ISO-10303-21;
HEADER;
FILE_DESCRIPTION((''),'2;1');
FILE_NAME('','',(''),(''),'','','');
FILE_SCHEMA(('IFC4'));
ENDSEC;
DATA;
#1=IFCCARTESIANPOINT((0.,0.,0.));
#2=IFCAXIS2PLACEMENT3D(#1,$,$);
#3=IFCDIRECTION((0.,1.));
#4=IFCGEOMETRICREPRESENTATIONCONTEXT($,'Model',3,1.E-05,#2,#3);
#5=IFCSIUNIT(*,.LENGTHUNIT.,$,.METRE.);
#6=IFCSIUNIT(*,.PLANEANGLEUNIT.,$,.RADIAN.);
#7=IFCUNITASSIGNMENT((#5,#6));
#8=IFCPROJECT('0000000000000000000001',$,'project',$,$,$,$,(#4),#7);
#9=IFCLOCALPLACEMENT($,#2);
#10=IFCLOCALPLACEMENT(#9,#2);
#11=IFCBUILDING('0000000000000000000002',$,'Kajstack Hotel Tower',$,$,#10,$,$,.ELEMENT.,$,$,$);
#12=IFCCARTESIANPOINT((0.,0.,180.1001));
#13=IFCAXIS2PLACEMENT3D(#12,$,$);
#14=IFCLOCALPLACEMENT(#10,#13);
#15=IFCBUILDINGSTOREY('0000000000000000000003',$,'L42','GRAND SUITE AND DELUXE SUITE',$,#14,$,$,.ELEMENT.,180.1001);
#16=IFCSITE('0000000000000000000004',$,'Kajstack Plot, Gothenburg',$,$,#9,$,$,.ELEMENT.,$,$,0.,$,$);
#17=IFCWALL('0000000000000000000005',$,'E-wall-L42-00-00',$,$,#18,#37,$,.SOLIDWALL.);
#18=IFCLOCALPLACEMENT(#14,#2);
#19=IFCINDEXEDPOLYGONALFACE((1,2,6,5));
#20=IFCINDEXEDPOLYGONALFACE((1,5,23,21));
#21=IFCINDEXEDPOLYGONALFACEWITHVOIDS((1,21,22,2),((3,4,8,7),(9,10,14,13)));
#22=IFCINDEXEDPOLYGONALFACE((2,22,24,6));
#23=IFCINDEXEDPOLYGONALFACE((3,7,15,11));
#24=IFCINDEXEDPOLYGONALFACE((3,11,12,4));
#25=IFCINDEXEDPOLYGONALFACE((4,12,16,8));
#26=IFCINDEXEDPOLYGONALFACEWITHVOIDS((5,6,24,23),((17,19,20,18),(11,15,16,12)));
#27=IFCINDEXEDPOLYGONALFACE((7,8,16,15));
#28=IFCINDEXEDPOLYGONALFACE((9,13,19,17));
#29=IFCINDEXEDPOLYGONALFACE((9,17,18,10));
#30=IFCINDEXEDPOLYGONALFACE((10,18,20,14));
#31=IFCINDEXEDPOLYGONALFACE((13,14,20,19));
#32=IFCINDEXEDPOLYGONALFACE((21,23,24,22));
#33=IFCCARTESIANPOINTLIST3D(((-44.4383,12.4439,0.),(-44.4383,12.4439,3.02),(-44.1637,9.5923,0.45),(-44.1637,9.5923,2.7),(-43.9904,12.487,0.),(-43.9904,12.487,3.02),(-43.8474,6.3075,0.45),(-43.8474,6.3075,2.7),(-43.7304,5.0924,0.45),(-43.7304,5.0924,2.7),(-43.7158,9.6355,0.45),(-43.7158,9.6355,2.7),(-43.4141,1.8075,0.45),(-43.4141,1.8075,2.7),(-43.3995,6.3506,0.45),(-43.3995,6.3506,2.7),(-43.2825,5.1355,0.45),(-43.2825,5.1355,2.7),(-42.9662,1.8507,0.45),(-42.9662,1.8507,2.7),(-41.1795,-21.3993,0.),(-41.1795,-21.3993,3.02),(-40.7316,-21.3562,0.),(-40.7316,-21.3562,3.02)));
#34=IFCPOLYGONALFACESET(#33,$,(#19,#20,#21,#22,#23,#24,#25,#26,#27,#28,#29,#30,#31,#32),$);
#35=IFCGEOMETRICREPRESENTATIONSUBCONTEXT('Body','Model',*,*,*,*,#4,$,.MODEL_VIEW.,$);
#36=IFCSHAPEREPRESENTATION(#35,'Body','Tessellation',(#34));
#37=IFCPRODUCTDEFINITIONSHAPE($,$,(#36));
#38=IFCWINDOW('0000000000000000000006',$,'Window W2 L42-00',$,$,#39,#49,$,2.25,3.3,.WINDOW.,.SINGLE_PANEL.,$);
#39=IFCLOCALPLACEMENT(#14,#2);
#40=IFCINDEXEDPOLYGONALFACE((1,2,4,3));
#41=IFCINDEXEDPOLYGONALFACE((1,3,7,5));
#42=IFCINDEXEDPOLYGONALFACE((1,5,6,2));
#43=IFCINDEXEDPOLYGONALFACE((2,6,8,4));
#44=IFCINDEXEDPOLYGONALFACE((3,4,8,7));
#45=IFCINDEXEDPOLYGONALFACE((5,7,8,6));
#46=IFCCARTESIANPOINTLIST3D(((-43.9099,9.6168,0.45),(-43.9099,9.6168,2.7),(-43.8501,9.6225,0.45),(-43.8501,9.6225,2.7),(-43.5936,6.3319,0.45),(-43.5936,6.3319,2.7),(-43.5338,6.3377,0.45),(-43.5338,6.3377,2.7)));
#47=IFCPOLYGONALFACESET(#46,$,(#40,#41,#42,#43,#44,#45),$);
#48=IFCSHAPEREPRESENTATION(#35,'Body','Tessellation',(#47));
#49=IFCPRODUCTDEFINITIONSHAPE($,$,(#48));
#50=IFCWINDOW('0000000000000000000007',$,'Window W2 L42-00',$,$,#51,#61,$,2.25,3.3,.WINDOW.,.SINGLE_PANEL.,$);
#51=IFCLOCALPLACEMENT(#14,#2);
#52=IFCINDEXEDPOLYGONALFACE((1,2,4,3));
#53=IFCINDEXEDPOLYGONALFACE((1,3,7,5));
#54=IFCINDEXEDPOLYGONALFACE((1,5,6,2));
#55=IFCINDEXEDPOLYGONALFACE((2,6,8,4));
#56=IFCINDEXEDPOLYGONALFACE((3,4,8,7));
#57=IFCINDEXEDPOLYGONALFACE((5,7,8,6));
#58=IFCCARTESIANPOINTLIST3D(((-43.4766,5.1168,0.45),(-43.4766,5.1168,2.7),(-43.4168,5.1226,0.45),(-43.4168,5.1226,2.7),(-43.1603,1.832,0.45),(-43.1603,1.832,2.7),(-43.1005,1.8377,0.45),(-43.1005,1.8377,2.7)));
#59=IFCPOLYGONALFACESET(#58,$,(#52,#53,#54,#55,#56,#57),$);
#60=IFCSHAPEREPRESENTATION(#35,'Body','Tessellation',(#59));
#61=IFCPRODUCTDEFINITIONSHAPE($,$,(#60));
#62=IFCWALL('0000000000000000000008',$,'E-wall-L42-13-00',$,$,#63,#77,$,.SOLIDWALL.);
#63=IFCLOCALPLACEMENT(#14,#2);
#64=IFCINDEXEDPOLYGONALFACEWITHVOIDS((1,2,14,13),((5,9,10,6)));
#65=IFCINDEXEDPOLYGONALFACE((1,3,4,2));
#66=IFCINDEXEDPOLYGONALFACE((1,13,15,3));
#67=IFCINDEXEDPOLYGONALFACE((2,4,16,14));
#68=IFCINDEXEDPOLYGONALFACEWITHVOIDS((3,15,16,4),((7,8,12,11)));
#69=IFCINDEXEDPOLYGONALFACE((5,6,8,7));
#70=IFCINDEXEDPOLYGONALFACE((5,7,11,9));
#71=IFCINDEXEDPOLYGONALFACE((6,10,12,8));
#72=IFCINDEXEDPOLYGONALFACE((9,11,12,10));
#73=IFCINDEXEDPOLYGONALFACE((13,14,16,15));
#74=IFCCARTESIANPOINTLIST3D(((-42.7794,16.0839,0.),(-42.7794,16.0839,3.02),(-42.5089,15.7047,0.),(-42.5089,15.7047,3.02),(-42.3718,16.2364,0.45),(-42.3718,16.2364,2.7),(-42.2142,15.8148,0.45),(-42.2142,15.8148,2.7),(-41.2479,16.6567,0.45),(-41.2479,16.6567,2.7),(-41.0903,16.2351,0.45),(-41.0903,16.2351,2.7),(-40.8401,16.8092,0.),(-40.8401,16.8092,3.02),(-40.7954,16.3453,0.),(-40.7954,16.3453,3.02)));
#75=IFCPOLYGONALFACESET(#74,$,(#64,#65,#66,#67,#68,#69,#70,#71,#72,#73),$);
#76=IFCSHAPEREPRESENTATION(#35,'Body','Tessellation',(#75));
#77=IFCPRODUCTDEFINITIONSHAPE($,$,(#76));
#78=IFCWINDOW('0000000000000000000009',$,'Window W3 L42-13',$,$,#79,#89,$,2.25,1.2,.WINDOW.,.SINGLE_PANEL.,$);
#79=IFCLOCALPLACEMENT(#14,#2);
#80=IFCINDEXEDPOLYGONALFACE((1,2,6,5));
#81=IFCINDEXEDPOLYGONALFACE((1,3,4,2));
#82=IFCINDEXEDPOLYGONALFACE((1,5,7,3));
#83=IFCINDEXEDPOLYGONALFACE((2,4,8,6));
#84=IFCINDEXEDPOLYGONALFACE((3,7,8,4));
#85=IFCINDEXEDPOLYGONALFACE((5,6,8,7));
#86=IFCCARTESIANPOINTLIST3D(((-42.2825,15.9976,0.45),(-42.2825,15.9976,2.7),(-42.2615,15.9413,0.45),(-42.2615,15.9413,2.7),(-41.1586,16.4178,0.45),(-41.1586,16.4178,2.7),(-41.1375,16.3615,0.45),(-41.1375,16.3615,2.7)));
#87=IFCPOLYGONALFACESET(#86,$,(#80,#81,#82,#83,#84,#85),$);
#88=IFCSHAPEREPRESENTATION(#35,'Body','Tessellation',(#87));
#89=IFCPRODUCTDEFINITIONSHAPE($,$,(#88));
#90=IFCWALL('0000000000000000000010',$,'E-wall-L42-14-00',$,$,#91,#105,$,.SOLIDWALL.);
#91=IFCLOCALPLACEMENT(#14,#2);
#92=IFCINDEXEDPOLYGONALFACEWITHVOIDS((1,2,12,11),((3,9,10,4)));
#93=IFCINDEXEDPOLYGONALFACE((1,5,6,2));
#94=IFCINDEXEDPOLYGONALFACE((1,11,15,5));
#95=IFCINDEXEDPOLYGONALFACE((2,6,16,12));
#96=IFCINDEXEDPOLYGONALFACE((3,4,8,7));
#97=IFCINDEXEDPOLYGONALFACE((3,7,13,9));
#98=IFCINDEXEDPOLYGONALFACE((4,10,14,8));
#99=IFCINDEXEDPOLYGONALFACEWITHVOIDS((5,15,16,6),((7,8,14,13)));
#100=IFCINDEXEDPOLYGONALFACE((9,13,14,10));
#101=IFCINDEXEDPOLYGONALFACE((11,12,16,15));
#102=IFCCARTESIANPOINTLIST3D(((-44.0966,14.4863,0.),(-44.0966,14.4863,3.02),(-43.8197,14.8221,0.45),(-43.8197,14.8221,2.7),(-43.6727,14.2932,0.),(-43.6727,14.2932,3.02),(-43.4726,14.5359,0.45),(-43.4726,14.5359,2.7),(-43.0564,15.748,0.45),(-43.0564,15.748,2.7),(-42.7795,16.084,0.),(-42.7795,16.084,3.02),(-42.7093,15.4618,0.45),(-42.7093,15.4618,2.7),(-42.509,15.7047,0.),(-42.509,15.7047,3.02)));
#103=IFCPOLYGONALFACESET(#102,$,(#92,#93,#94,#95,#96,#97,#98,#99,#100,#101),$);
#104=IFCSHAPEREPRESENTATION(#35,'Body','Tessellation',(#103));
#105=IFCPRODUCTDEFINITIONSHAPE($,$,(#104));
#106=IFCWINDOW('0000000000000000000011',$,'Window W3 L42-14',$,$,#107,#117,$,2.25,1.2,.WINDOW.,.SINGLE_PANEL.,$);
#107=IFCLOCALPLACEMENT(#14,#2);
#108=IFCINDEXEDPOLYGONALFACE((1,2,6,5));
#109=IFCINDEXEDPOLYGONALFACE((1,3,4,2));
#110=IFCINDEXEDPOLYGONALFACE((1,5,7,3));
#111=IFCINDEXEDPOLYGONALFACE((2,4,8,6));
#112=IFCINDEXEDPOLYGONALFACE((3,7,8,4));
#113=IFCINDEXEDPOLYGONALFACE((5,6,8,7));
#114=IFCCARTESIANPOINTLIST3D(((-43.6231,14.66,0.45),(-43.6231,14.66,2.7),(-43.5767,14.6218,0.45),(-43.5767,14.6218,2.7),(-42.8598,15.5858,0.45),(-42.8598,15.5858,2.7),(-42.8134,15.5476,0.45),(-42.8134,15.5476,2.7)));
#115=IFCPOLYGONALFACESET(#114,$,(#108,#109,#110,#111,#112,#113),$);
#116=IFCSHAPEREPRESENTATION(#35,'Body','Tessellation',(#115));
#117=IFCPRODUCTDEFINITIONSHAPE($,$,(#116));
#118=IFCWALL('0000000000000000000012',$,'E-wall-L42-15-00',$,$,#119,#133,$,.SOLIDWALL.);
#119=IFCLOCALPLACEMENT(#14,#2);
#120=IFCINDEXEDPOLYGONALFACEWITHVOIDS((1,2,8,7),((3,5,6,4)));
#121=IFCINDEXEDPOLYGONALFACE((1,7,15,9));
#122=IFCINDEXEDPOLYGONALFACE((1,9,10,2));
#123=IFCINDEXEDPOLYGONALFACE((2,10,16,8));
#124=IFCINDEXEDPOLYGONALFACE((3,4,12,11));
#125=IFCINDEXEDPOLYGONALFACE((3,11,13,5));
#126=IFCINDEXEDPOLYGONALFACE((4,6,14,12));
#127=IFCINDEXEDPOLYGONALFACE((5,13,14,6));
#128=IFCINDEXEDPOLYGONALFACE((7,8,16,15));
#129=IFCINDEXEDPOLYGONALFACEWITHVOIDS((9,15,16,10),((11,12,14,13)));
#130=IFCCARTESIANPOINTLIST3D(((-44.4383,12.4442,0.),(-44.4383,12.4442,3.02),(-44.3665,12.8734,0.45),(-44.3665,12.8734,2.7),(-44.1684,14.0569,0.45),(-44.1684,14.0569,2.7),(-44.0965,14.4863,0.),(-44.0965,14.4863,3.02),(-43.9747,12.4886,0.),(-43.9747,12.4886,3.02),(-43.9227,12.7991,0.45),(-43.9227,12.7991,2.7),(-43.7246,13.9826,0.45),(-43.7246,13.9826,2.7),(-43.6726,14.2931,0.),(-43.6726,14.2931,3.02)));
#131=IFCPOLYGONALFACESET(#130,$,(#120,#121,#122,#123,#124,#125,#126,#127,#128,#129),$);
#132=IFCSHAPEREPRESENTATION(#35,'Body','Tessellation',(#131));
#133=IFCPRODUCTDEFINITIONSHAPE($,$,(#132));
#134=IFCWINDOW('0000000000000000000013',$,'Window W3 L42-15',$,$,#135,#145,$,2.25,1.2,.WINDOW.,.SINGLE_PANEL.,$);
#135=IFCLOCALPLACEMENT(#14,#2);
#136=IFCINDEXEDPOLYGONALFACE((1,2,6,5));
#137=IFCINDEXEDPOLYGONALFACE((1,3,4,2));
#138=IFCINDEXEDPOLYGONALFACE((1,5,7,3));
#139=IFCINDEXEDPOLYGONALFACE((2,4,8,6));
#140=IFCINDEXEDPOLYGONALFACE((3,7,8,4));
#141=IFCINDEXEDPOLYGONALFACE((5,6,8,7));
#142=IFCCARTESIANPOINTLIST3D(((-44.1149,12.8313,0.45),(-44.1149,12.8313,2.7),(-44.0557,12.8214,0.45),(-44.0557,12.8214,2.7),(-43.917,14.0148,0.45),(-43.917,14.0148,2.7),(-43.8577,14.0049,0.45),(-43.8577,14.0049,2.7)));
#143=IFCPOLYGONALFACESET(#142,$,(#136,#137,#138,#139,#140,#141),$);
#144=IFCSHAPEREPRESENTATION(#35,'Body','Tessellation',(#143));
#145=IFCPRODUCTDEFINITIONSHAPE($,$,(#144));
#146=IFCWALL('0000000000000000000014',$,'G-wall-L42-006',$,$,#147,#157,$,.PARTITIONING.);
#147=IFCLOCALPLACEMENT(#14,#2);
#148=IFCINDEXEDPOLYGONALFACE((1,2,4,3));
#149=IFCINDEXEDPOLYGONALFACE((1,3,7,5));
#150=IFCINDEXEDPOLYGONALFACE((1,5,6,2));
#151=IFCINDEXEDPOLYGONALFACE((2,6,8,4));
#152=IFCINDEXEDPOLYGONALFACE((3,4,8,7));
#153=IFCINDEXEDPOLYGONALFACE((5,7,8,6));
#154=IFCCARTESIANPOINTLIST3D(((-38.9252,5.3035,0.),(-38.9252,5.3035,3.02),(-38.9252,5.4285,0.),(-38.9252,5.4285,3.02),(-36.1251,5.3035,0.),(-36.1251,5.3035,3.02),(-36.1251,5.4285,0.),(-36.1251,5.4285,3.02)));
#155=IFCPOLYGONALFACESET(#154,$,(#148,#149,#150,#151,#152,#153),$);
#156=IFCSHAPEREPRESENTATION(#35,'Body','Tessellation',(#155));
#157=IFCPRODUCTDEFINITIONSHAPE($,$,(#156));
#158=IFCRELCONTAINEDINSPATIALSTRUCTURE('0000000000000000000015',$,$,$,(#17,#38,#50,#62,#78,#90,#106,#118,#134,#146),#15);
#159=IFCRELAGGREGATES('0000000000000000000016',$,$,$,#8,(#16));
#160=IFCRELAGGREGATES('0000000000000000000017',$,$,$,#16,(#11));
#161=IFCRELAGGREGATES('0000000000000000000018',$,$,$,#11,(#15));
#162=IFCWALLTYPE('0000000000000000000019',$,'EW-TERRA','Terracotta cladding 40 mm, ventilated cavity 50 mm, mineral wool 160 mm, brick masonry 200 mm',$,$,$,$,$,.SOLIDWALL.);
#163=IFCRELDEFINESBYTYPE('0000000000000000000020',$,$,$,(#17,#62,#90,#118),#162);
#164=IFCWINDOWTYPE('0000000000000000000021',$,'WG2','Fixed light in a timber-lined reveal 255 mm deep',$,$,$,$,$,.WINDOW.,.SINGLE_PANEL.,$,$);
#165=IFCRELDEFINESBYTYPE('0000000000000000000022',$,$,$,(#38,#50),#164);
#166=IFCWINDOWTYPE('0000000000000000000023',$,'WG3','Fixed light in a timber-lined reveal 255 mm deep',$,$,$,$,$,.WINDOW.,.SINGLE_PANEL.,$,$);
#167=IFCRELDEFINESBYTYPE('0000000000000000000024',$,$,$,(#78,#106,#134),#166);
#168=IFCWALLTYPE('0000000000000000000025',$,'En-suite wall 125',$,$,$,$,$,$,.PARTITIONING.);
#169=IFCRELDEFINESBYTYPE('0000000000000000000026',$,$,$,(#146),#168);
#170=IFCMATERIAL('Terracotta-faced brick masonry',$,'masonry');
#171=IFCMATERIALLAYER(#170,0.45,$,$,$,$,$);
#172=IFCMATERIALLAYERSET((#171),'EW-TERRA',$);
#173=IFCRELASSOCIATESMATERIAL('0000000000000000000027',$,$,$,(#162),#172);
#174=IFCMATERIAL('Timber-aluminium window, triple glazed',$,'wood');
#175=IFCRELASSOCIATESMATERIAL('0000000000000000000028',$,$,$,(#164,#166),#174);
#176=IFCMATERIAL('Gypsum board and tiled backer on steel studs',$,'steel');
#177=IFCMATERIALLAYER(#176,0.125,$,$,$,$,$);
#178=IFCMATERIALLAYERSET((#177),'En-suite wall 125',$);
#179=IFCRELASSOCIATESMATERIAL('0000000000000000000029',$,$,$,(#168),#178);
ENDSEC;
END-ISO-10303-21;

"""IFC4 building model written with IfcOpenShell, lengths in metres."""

from ifc_helpers import new_model, si_unit, direction, frame, frame_2d, origin, place, context, subcontext, project, spatial, polyline, rectangle, outline, extrude, material, layer, layer_set, type_object, element, fill, save


model = new_model("IFC4")

# Units and contexts
model_context = context("Model", 3, precision=1e-05, world=origin(), true_north=direction((0.0, 1.0)))
body_context = subcontext(model_context, "Body", "Model", "MODEL_VIEW")
ifc_project = project(units=[si_unit("LENGTHUNIT", "METRE"), si_unit("PLANEANGLEUNIT", "RADIAN")], contexts=[model_context])

# Site, building, storey
site_placement = place(None, origin())
site = spatial("IfcSite", under=ifc_project, at=site_placement, Name="Kajstack Plot, Gothenburg", CompositionType="ELEMENT", RefElevation=0.0)
building_placement = place(site_placement, origin())
building = spatial("IfcBuilding", under=site, at=building_placement, Name="Kajstack Hotel Tower", CompositionType="ELEMENT")
storey_placement = place(building_placement, frame((0.0, 0.0, 180.1001)))
storey = spatial("IfcBuildingStorey", under=building, at=storey_placement, Name="L42", Description="GRAND SUITE AND DELUXE SUITE", CompositionType="ELEMENT", Elevation=180.1001)

# Wall, openings, windows
ifc_material_1 = material(Name="Terracotta-faced brick masonry", Category="masonry")
ifc_layer_1 = layer(ifc_material_1, 0.45)
ifc_layer_set_1 = layer_set([ifc_layer_1], Name="EW-TERRA")
wall_type_1 = type_object("IfcWallType", Name="EW-TERRA", Description="Terracotta cladding 40 mm, ventilated cavity 50 mm, mineral wool 160 mm, brick masonry 200 mm", PredefinedType="SOLIDWALL", material=ifc_layer_set_1)
wall_1_placement = place(storey_placement, frame((-44.2144, 12.4656, 0.0), z_axis=(0.0, 0.0, 1.0), x_axis=(0.095847, -0.995396, 0.0)))
wall_1 = element("IfcWall", 1, at=wall_1_placement, inside=storey, type_object=wall_type_1, Name="E-wall-L42-00-00", PredefinedType="SOLIDWALL", context=body_context, shape_type="SweptSolid", body=[
    extrude(rectangle(XDim=33.9998, YDim=0.45, at=frame_2d((17.0, 0.0))), origin(), (0.0, 0.0, 1.0), 3.02),
])
opening_1_placement = place(wall_1_placement, frame((2.865, 0.0, 0.45)))
opening_1 = element("IfcOpeningElement", 2, at=opening_1_placement, cuts=wall_1, PredefinedType="OPENING", context=body_context, shape_type="SweptSolid", body=[
    extrude(rectangle(XDim=3.3, YDim=2.25, at=frame_2d((1.6499, 1.125))), frame((0.0, 0.2349, 0.0), z_axis=(0.0, -1.0, 0.0), x_axis=(1.0, 0.0, 0.0)), (0.0, 0.0, 1.0), 0.47),
])
opening_2_placement = place(wall_1_placement, frame((7.3857, 0.0, 0.45)))
opening_2 = element("IfcOpeningElement", 3, at=opening_2_placement, cuts=wall_1, PredefinedType="OPENING", context=body_context, shape_type="SweptSolid", body=[
    extrude(rectangle(XDim=3.3, YDim=2.25, at=frame_2d((1.6499, 1.125))), frame((0.0, 0.2349, 0.0), z_axis=(0.0, -1.0, 0.0), x_axis=(1.0, 0.0, 0.0)), (0.0, 0.0, 1.0), 0.47),
])
ifc_material_2 = material(Name="Timber-aluminium window, triple glazed", Category="wood")
window_type_1 = type_object("IfcWindowType", Name="WG2", Description="Fixed light in a timber-lined reveal 255 mm deep", PartitioningType="SINGLE_PANEL", PredefinedType="WINDOW", material=ifc_material_2)
window_1_placement = place(opening_1_placement, origin())
window_1 = element("IfcWindow", 4, at=window_1_placement, inside=storey, type_object=window_type_1, Name="Window W2 L42-00", OverallHeight=2.25, OverallWidth=3.3, PartitioningType="SINGLE_PANEL", PredefinedType="WINDOW", context=body_context, shape_type="SweptSolid", body=[
    extrude(rectangle(XDim=3.3, YDim=2.25, at=frame_2d((1.6499, 1.125))), frame((0.0, 0.0901, 0.0), z_axis=(0.0, -1.0, 0.0), x_axis=(1.0, 0.0, 0.0)), (0.0, 0.0, 1.0), 0.0601),
])
fill(opening_1, window_1)
window_2_placement = place(opening_2_placement, origin())
window_2 = element("IfcWindow", 5, at=window_2_placement, inside=storey, type_object=window_type_1, Name="Window W2 L42-00", OverallHeight=2.25, OverallWidth=3.3, PartitioningType="SINGLE_PANEL", PredefinedType="WINDOW", context=body_context, shape_type="SweptSolid", body=[
    extrude(rectangle(XDim=3.3, YDim=2.25, at=frame_2d((1.6499, 1.125))), frame((0.0, 0.0901, 0.0), z_axis=(0.0, -1.0, 0.0), x_axis=(1.0, 0.0, 0.0)), (0.0, 0.0, 1.0), 0.0601),
])
fill(opening_2, window_2)

# Walls, openings, windows
wall_2_placement = place(storey_placement, frame((-40.7612, 16.5984, 0.0), z_axis=(0.0, 0.0, 1.0), x_axis=(-0.936678, -0.350193, 0.0)))
wall_2 = element("IfcWall", 6, at=wall_2_placement, inside=storey, type_object=wall_type_1, Name="E-wall-L42-13-00", PredefinedType="SOLIDWALL", context=body_context, shape_type="SweptSolid", body=[
    extrude(outline(polyline([(0.0, -0.2251), (2.0706, -0.2249), (1.95, 0.2251), (0.1206, 0.2251), (0.0, -0.2251)])), origin(), (0.0, 0.0, 1.0), 3.02),
])
opening_3_placement = place(wall_2_placement, frame((0.4353, 0.0, 0.45)))
opening_3 = element("IfcOpeningElement", 7, at=opening_3_placement, cuts=wall_2, PredefinedType="OPENING", context=body_context, shape_type="SweptSolid", body=[
    extrude(rectangle(XDim=1.2, YDim=2.25, at=frame_2d((0.6001, 1.125))), frame((0.0, 0.2349, 0.0), z_axis=(0.0, -1.0, 0.0), x_axis=(1.0, 0.0, 0.0)), (0.0, 0.0, 1.0), 0.47),
])
window_type_2 = type_object("IfcWindowType", Name="WG3", Description="Fixed light in a timber-lined reveal 255 mm deep", PartitioningType="SINGLE_PANEL", PredefinedType="WINDOW", material=ifc_material_2)
window_3_placement = place(opening_3_placement, origin())
window_3 = element("IfcWindow", 8, at=window_3_placement, inside=storey, type_object=window_type_2, Name="Window W3 L42-13", OverallHeight=2.25, OverallWidth=1.2, PartitioningType="SINGLE_PANEL", PredefinedType="WINDOW", context=body_context, shape_type="SweptSolid", body=[
    extrude(rectangle(XDim=1.2, YDim=2.25, at=frame_2d((0.6001, 1.125))), frame((0.0, 0.0901, 0.0), z_axis=(0.0, -1.0, 0.0), x_axis=(1.0, 0.0, 0.0)), (0.0, 0.0, 1.0), 0.0601),
])
fill(opening_3, window_3)
wall_3_placement = place(storey_placement, frame((-42.606, 15.9409, 0.0), z_axis=(0.0, 0.0, 1.0), x_axis=(-0.636116, -0.771593, 0.0)))
wall_3 = element("IfcWall", 9, at=wall_3_placement, inside=storey, type_object=wall_type_1, Name="E-wall-L42-14-00", PredefinedType="SOLIDWALL", context=body_context, shape_type="SweptSolid", body=[
    extrude(outline(polyline([(0.0, -0.2249), (2.0706, -0.2249), (1.95, 0.2251), (0.1206, 0.2251), (0.0, -0.2249)])), origin(), (0.0, 0.0, 1.0), 3.02),
])
opening_4_placement = place(wall_3_placement, frame((0.4353, 0.0, 0.45)))
opening_4 = element("IfcOpeningElement", 10, at=opening_4_placement, cuts=wall_3, PredefinedType="OPENING", context=body_context, shape_type="SweptSolid", body=[
    extrude(rectangle(XDim=1.2, YDim=2.25, at=frame_2d((0.6001, 1.125))), frame((0.0, 0.2349, 0.0), z_axis=(0.0, -1.0, 0.0), x_axis=(1.0, 0.0, 0.0)), (0.0, 0.0, 1.0), 0.47),
])
window_4_placement = place(opening_4_placement, origin())
window_4 = element("IfcWindow", 11, at=window_4_placement, inside=storey, type_object=window_type_2, Name="Window W3 L42-14", OverallHeight=2.25, OverallWidth=1.2, PartitioningType="SINGLE_PANEL", PredefinedType="WINDOW", context=body_context, shape_type="SweptSolid", body=[
    extrude(rectangle(XDim=1.2, YDim=2.25, at=frame_2d((0.6001, 1.125))), frame((0.0, 0.0901, 0.0), z_axis=(0.0, -1.0, 0.0), x_axis=(1.0, 0.0, 0.0)), (0.0, 0.0, 1.0), 0.0601),
])
fill(opening_4, window_4)
wall_4_placement = place(storey_placement, frame((-43.8748, 14.4492, 0.0), z_axis=(0.0, 0.0, 1.0), x_axis=(-0.164953, -0.986301, 0.0)))
wall_4 = element("IfcWall", 12, at=wall_4_placement, inside=storey, type_object=wall_type_1, Name="E-wall-L42-15-00", PredefinedType="SOLIDWALL", context=body_context, shape_type="SweptSolid", body=[
    extrude(outline(polyline([(0.0, -0.2249), (2.0706, -0.2251), (1.9502, 0.2249), (0.1206, 0.2251), (0.0, -0.2249)])), origin(), (0.0, 0.0, 1.0), 3.02),
])
opening_5_placement = place(wall_4_placement, frame((0.4353, 0.0, 0.45)))
opening_5 = element("IfcOpeningElement", 13, at=opening_5_placement, cuts=wall_4, PredefinedType="OPENING", context=body_context, shape_type="SweptSolid", body=[
    extrude(rectangle(XDim=1.2, YDim=2.25, at=frame_2d((0.6001, 1.125))), frame((0.0, 0.2349, 0.0), z_axis=(0.0, -1.0, 0.0), x_axis=(1.0, 0.0, 0.0)), (0.0, 0.0, 1.0), 0.47),
])
window_5_placement = place(opening_5_placement, origin())
window_5 = element("IfcWindow", 14, at=window_5_placement, inside=storey, type_object=window_type_2, Name="Window W3 L42-15", OverallHeight=2.25, OverallWidth=1.2, PartitioningType="SINGLE_PANEL", PredefinedType="WINDOW", context=body_context, shape_type="SweptSolid", body=[
    extrude(rectangle(XDim=1.2, YDim=2.25, at=frame_2d((0.6001, 1.125))), frame((0.0, 0.0901, 0.0), z_axis=(0.0, -1.0, 0.0), x_axis=(1.0, 0.0, 0.0)), (0.0, 0.0, 1.0), 0.0601),
])
fill(opening_5, window_5)

# Wall
ifc_material_3 = material(Name="Gypsum board and tiled backer on steel studs", Category="steel")
ifc_layer_2 = layer(ifc_material_3, 0.125)
ifc_layer_set_2 = layer_set([ifc_layer_2], Name="En-suite wall 125")
wall_type_2 = type_object("IfcWallType", Name="En-suite wall 125", PredefinedType="PARTITIONING", material=ifc_layer_set_2)
wall_5_placement = place(storey_placement, frame((-38.925, 5.366, 0.0), z_axis=(0.0, 0.0, 1.0), x_axis=(1.0, 0.0, 0.0)))
element("IfcWall", 15, at=wall_5_placement, inside=storey, type_object=wall_type_2, Name="G-wall-L42-006", PredefinedType="PARTITIONING", context=body_context, shape_type="SweptSolid", body=[
    extrude(rectangle(XDim=2.8, YDim=0.125, at=frame_2d((1.3999, 0.0))), origin(), (0.0, 0.0, 1.0), 3.02),
])

save(model, "model.ifc")
